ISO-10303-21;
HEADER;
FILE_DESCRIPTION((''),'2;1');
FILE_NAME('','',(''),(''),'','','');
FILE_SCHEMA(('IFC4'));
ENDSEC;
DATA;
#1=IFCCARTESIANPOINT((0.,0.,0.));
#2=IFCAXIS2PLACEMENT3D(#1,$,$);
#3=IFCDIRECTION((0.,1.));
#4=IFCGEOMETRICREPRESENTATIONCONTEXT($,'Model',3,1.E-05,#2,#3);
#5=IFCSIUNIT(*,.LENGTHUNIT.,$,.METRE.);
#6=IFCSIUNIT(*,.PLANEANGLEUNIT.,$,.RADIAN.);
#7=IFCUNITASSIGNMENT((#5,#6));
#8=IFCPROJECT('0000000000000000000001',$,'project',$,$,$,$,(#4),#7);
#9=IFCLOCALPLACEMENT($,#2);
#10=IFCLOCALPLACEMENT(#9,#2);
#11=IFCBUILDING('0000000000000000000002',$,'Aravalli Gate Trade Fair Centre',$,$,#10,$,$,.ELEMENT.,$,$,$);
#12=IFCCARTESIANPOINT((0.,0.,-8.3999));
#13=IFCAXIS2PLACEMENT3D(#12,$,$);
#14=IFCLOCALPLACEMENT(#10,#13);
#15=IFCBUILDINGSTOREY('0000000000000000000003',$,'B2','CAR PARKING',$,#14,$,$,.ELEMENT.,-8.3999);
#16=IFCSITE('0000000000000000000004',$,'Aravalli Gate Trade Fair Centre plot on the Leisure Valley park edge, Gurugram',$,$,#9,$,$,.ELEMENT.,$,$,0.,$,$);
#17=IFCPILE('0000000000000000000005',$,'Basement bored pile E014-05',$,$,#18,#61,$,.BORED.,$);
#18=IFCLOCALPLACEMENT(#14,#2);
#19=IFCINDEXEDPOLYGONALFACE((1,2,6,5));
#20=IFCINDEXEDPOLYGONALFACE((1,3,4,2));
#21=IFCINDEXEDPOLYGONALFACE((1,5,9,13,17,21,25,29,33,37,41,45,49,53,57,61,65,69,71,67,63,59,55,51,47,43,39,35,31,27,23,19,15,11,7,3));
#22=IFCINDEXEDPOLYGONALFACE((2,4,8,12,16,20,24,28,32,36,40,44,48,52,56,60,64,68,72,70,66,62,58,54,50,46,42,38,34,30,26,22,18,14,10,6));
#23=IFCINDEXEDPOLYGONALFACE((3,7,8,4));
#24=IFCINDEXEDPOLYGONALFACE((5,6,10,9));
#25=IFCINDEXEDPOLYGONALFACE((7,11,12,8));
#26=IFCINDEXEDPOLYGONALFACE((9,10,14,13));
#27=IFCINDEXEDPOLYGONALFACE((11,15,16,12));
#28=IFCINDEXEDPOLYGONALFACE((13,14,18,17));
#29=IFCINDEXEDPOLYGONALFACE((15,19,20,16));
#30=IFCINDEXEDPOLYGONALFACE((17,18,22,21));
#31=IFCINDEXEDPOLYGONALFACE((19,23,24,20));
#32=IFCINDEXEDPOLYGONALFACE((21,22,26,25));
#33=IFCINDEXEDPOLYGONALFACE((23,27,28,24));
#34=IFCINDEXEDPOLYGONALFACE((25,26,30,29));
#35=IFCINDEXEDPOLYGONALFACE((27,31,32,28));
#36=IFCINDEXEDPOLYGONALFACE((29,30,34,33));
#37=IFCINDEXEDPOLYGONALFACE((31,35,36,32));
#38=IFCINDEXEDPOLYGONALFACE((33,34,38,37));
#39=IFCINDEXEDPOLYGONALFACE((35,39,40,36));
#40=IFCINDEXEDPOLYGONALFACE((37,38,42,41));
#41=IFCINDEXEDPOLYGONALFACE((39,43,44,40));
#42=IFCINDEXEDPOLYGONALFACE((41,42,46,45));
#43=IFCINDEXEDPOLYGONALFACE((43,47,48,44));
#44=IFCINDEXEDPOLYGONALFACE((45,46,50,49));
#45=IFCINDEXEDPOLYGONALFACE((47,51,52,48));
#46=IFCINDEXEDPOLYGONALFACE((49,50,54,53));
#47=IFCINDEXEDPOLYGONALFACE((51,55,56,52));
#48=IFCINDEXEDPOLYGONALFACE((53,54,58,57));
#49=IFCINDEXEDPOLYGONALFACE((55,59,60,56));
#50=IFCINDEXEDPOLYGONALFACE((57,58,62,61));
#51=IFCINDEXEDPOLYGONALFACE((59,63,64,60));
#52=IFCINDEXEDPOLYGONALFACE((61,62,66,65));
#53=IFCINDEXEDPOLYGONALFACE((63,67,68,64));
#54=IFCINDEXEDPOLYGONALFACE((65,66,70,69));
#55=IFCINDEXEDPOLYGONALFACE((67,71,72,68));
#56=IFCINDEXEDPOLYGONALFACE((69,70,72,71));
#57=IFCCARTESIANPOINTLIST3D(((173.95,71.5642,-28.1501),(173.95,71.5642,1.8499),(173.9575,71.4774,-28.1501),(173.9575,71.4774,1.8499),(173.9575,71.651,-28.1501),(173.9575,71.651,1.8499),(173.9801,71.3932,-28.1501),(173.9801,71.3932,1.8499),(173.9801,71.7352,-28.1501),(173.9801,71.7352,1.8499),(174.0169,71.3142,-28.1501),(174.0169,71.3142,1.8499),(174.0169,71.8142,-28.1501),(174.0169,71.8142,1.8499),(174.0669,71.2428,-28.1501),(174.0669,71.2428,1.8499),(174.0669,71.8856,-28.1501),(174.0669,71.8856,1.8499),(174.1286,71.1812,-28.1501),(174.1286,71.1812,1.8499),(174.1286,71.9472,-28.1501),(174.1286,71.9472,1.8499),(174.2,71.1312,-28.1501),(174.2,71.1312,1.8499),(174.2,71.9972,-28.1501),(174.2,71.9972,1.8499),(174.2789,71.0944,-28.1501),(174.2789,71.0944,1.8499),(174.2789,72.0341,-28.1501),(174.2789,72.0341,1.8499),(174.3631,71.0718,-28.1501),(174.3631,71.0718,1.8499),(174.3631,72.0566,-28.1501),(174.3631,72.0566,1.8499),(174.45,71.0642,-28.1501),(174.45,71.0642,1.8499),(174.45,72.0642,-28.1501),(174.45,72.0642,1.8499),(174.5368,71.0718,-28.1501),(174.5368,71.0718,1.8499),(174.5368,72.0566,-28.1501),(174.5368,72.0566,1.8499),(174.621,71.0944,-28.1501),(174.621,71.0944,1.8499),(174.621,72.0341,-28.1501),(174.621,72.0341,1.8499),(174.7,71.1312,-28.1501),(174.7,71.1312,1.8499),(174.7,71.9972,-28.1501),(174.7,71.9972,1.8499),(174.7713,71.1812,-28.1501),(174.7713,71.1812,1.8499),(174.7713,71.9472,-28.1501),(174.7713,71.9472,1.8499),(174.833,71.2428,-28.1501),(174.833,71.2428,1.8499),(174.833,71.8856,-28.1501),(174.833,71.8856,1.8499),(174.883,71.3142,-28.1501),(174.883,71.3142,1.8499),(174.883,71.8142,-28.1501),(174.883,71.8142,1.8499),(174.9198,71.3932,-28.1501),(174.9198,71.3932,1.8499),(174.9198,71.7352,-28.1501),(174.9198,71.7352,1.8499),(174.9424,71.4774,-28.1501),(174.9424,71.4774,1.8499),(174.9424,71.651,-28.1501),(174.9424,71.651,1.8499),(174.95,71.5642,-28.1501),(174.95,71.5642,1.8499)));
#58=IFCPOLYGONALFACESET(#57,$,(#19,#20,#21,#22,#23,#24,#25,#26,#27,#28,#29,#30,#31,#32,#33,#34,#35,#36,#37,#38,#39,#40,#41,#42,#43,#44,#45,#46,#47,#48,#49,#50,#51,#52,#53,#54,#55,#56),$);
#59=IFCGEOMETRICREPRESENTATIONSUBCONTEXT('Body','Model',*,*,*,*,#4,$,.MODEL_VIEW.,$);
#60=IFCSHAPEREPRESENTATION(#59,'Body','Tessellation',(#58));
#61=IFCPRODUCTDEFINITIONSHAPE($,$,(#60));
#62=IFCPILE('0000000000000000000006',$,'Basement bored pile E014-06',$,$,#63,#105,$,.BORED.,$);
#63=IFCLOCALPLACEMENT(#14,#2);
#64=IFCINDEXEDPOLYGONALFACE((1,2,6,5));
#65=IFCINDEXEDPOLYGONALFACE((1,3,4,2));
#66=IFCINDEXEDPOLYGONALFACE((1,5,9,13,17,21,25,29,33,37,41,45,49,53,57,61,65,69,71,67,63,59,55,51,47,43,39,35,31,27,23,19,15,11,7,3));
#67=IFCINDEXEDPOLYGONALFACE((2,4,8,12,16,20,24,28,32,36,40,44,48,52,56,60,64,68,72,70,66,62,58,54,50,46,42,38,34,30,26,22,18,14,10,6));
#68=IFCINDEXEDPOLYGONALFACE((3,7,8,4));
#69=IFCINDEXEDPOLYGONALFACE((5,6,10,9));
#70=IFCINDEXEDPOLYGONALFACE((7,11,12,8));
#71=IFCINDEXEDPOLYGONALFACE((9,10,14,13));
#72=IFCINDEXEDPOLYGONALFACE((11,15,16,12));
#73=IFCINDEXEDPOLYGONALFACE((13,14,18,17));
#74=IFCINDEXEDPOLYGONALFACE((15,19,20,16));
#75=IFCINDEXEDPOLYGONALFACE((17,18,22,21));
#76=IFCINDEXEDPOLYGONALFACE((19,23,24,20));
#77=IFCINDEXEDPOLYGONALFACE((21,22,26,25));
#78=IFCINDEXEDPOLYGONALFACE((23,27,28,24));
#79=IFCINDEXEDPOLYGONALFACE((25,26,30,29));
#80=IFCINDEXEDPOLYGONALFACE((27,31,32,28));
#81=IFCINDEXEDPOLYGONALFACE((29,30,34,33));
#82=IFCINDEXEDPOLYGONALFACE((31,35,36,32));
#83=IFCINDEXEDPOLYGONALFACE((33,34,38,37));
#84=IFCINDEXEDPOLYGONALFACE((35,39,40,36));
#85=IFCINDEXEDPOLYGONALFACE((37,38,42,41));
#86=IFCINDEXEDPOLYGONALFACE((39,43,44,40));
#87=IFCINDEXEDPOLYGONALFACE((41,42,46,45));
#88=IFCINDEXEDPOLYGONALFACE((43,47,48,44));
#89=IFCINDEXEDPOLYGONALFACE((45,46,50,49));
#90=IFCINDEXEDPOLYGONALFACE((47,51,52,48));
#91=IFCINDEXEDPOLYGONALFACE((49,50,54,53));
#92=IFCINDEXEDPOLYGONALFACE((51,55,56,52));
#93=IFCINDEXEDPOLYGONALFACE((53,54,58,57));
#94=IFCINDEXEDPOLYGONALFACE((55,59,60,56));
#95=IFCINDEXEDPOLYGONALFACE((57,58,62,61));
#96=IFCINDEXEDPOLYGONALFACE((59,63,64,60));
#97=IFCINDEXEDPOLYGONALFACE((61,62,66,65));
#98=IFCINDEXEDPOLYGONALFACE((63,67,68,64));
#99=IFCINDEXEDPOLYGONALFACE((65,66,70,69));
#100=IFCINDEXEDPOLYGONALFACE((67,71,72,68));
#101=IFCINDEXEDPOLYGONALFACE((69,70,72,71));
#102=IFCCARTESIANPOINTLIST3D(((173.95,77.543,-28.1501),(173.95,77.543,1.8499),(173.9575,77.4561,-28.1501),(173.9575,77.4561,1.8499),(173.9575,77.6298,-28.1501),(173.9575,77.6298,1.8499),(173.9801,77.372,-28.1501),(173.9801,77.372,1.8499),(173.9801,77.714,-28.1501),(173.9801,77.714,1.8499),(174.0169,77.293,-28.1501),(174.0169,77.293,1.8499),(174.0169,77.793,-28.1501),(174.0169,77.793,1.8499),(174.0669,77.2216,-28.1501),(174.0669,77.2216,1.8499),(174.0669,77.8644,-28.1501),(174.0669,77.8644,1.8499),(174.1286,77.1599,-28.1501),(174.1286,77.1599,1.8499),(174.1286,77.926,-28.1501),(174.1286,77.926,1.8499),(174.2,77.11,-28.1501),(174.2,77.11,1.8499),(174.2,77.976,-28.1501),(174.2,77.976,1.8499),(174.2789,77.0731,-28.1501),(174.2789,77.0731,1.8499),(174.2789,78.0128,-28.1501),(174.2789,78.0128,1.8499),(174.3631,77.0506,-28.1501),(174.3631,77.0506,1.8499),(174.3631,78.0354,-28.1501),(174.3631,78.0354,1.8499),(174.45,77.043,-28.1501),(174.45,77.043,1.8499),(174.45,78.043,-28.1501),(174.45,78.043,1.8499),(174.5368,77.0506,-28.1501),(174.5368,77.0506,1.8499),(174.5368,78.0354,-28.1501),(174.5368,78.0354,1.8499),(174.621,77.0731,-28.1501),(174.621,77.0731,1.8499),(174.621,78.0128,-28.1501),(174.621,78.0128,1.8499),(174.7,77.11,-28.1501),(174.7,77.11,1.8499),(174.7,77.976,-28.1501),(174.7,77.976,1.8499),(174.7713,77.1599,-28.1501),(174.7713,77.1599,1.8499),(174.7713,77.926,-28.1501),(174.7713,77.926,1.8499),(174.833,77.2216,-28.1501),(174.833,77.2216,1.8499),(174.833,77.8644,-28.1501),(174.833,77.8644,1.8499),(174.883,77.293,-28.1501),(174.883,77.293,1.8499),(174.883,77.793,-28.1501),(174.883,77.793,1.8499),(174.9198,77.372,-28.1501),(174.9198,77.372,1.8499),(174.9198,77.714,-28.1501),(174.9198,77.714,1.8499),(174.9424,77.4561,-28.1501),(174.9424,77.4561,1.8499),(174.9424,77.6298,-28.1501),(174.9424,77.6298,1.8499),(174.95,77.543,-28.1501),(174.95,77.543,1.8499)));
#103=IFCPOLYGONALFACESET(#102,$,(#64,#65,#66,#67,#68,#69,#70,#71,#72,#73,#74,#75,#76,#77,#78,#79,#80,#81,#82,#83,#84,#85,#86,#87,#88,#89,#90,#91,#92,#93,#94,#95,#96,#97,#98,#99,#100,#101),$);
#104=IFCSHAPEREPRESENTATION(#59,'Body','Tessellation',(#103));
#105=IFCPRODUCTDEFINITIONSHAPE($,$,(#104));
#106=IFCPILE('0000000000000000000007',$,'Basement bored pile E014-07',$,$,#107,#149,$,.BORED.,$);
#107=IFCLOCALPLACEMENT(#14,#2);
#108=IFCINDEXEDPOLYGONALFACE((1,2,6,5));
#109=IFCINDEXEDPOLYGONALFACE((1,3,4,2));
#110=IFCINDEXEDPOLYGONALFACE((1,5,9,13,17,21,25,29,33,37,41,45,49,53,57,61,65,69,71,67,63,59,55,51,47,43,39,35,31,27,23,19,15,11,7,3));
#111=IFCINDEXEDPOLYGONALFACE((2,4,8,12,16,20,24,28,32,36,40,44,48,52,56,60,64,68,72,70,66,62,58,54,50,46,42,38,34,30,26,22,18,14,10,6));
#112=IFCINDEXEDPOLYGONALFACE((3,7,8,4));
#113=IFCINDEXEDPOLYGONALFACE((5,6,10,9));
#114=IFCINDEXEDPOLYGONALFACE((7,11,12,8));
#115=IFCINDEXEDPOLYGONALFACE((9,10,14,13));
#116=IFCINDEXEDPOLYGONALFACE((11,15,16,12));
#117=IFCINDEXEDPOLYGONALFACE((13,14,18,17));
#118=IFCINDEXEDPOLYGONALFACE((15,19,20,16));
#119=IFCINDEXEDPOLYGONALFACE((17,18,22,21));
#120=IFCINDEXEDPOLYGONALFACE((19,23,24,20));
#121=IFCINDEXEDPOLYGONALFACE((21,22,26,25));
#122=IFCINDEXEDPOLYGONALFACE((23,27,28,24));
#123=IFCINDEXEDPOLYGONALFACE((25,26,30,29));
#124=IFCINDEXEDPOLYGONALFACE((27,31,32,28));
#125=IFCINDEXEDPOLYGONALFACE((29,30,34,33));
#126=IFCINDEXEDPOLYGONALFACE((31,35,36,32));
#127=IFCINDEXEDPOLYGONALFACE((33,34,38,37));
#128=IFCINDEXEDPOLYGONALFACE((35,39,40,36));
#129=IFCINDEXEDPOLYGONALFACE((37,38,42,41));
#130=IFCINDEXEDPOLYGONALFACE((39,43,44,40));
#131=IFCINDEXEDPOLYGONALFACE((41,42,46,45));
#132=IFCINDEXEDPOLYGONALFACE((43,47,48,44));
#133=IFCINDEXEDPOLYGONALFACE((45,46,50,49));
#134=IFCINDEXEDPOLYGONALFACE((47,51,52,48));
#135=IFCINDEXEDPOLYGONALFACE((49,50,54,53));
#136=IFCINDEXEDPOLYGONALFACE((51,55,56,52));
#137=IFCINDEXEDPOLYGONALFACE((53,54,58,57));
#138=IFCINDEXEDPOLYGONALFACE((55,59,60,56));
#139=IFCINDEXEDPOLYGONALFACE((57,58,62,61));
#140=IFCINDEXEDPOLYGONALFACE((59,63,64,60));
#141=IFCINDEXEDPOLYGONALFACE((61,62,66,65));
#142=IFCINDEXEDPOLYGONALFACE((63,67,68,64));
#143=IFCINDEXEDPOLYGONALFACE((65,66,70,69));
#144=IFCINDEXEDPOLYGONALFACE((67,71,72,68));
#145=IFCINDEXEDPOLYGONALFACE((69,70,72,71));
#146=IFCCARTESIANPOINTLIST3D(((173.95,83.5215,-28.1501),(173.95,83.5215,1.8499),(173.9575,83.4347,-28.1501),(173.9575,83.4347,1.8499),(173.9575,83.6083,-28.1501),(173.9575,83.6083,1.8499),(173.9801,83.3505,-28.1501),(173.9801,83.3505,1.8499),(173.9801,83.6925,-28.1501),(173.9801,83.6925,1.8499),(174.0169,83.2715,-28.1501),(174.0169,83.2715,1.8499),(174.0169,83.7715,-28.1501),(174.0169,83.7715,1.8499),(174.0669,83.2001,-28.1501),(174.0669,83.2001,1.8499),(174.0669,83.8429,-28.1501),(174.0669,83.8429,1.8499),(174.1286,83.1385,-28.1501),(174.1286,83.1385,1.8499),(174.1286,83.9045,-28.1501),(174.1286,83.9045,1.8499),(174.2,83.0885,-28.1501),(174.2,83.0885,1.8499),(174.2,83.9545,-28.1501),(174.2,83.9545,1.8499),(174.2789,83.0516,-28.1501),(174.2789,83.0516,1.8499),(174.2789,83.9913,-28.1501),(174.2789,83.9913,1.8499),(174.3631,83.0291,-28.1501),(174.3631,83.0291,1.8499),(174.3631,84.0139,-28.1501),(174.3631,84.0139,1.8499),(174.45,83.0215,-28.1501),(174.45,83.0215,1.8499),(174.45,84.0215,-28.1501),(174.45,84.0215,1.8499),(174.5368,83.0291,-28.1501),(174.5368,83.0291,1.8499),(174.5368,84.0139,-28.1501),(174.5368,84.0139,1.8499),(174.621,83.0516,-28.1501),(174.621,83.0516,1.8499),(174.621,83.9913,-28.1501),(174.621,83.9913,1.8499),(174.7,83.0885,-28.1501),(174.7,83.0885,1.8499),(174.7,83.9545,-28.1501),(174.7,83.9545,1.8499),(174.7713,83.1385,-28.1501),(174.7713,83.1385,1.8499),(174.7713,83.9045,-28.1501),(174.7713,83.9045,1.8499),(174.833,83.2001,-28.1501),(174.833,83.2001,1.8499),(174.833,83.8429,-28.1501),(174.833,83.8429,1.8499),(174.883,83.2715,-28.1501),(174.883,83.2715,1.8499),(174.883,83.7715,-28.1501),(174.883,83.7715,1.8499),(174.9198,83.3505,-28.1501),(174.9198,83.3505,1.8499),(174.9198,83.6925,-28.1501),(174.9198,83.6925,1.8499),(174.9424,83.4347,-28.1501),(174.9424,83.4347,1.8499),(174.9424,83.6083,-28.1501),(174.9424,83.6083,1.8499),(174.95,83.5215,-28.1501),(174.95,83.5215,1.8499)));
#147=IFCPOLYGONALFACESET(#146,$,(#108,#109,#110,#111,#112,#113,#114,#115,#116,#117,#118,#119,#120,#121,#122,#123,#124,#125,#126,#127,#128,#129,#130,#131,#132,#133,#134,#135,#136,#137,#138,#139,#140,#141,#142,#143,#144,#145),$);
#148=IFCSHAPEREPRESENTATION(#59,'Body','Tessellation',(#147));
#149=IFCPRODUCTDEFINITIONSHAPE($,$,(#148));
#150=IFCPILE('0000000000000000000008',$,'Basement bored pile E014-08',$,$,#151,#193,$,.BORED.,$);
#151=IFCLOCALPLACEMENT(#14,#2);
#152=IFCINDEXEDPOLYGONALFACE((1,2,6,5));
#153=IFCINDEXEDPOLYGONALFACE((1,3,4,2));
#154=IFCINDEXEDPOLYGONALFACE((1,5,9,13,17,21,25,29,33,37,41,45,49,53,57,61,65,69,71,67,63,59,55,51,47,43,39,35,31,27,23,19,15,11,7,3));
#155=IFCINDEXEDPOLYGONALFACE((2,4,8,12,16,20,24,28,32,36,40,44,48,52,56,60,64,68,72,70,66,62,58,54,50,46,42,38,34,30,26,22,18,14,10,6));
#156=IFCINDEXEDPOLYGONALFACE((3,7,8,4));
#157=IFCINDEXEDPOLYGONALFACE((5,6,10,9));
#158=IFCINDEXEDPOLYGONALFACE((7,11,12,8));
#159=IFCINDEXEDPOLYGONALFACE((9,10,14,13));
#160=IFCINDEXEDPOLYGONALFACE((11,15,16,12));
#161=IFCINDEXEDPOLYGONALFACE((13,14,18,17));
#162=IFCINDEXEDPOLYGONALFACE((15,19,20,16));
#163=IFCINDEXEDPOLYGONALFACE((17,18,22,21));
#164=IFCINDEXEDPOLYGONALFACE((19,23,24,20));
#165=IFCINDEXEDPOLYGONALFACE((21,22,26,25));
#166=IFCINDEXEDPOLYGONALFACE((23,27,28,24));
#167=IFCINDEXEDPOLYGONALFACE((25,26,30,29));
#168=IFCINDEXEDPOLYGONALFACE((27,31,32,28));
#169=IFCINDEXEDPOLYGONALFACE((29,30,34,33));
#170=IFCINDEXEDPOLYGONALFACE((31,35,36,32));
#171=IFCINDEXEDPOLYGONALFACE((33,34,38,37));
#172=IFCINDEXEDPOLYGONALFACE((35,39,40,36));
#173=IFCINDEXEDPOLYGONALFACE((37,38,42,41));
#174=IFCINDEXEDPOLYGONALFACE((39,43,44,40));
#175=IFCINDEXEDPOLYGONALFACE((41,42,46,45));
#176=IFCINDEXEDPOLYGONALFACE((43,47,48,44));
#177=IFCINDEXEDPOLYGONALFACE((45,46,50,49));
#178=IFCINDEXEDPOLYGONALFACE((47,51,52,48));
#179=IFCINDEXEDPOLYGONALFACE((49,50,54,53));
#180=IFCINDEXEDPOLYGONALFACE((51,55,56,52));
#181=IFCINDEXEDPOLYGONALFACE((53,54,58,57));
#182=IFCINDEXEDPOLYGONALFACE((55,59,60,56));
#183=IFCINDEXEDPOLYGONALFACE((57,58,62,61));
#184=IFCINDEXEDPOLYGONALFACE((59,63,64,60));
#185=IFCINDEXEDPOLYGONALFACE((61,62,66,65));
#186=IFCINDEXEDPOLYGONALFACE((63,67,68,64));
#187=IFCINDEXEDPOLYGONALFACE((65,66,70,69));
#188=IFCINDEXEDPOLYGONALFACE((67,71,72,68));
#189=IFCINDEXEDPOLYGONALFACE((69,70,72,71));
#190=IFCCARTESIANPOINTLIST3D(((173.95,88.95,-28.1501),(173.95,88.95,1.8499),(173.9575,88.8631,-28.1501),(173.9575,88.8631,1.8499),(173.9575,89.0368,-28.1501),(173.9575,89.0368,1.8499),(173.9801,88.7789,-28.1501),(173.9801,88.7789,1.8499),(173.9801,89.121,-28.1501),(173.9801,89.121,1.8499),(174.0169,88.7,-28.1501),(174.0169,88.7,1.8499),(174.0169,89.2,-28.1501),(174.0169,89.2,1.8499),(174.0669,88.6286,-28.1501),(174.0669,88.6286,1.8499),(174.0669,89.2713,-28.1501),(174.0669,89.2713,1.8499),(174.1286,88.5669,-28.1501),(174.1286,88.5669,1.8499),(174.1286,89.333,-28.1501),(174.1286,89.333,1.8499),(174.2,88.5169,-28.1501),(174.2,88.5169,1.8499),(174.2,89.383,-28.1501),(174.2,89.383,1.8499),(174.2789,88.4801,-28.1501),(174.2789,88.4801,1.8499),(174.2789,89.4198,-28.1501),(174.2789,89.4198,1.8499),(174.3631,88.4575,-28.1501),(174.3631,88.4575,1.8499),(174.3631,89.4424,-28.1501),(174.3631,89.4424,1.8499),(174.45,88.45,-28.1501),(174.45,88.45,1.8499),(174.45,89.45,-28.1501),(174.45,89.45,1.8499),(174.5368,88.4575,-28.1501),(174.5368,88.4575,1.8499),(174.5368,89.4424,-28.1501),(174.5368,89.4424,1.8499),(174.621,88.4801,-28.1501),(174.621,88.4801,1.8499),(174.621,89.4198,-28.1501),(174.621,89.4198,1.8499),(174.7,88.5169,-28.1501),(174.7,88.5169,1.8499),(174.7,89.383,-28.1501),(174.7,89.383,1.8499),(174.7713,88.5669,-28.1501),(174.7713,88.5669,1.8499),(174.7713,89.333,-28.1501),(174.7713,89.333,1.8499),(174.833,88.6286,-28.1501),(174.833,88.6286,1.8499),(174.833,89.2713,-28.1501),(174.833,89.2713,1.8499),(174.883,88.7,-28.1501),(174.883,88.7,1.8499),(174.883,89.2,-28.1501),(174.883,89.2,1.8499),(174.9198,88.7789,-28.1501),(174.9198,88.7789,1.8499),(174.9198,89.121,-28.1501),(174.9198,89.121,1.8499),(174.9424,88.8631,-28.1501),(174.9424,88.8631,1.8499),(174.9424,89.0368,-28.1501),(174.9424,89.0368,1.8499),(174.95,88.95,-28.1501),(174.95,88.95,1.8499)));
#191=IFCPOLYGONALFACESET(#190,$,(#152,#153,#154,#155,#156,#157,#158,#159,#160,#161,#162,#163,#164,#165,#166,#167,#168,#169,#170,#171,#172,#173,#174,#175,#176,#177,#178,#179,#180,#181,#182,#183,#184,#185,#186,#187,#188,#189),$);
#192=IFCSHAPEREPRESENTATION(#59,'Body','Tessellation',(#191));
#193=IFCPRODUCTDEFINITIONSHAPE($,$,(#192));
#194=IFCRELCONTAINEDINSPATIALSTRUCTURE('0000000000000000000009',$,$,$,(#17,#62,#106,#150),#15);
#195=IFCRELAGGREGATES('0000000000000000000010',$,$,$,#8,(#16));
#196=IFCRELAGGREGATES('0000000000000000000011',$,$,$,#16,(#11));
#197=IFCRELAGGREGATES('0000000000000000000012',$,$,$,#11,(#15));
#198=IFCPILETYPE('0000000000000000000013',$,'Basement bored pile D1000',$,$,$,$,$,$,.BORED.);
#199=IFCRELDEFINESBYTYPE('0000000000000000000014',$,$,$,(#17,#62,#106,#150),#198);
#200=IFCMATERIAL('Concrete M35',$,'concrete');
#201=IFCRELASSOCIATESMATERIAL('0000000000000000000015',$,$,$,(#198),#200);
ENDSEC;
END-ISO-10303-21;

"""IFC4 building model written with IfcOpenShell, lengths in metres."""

from ifc_helpers import new_model, si_unit, direction, frame, origin, origin_2d, place, context, subcontext, project, spatial, circle, extrude, material, material_profile, profile_set, type_object, element, save


model = new_model("IFC4")

# Units and contexts
model_context = context("Model", 3, precision=1e-05, world=origin(), true_north=direction((0.0, 1.0)))
body_context = subcontext(model_context, "Body", "Model", "MODEL_VIEW")
ifc_project = project(units=[si_unit("LENGTHUNIT", "METRE"), si_unit("PLANEANGLEUNIT", "RADIAN")], contexts=[model_context])

# Site, building, storey
site_placement = place(None, origin())
site = spatial("IfcSite", under=ifc_project, at=site_placement, Name="Aravalli Gate Trade Fair Centre plot on the Leisure Valley park edge, Gurugram", CompositionType="ELEMENT", RefElevation=0.0)
building_placement = place(site_placement, origin())
building = spatial("IfcBuilding", under=site, at=building_placement, Name="Aravalli Gate Trade Fair Centre", CompositionType="ELEMENT")
storey_placement = place(building_placement, frame((0.0, 0.0, -8.3999)))
storey = spatial("IfcBuildingStorey", under=building, at=storey_placement, Name="B2", Description="CAR PARKING", CompositionType="ELEMENT", Elevation=-8.3999)

# Piles
ifc_material = material(Name="Concrete M35", Category="concrete")
ifc_material_profile = material_profile(ifc_material, circle(Radius=0.5, at=origin_2d()), Name="D1000")
ifc_profile_set = profile_set([ifc_material_profile], Name="Concrete M35")
pile_type = type_object("IfcPileType", Name="Basement bored pile D1000", PredefinedType="BORED", material=ifc_profile_set)
for number, where, z_axis, x_axis, name in (
    (1, (174.45, 71.5642, 1.8499), (0.0, 0.0, -1.0), (1.0, 0.0, 0.0), "Basement bored pile E014-05"),
    (2, (174.45, 77.543, 1.8499), (0.0, 0.0, -1.0), (1.0, 0.0, 0.0), "Basement bored pile E014-06"),
    (3, (174.45, 83.5215, 1.8499), (0.0, 0.0, -1.0), (1.0, 0.0, 0.0), "Basement bored pile E014-07"),
    (4, (174.45, 88.95, 1.8499), (0.0, 0.0, -1.0), (1.0, 0.0, 0.0), "Basement bored pile E014-08"),
):
    element("IfcPile", number, at=place(storey_placement, frame(where, z_axis=z_axis, x_axis=x_axis)), inside=storey, type_object=pile_type, Name=name, PredefinedType="BORED", context=body_context, shape_type="SweptSolid", body=[
        extrude(circle(Radius=0.5, at=origin_2d()), origin(), (0.0, 0.0, 1.0), 30.0),
    ])

save(model, "model.ifc")
